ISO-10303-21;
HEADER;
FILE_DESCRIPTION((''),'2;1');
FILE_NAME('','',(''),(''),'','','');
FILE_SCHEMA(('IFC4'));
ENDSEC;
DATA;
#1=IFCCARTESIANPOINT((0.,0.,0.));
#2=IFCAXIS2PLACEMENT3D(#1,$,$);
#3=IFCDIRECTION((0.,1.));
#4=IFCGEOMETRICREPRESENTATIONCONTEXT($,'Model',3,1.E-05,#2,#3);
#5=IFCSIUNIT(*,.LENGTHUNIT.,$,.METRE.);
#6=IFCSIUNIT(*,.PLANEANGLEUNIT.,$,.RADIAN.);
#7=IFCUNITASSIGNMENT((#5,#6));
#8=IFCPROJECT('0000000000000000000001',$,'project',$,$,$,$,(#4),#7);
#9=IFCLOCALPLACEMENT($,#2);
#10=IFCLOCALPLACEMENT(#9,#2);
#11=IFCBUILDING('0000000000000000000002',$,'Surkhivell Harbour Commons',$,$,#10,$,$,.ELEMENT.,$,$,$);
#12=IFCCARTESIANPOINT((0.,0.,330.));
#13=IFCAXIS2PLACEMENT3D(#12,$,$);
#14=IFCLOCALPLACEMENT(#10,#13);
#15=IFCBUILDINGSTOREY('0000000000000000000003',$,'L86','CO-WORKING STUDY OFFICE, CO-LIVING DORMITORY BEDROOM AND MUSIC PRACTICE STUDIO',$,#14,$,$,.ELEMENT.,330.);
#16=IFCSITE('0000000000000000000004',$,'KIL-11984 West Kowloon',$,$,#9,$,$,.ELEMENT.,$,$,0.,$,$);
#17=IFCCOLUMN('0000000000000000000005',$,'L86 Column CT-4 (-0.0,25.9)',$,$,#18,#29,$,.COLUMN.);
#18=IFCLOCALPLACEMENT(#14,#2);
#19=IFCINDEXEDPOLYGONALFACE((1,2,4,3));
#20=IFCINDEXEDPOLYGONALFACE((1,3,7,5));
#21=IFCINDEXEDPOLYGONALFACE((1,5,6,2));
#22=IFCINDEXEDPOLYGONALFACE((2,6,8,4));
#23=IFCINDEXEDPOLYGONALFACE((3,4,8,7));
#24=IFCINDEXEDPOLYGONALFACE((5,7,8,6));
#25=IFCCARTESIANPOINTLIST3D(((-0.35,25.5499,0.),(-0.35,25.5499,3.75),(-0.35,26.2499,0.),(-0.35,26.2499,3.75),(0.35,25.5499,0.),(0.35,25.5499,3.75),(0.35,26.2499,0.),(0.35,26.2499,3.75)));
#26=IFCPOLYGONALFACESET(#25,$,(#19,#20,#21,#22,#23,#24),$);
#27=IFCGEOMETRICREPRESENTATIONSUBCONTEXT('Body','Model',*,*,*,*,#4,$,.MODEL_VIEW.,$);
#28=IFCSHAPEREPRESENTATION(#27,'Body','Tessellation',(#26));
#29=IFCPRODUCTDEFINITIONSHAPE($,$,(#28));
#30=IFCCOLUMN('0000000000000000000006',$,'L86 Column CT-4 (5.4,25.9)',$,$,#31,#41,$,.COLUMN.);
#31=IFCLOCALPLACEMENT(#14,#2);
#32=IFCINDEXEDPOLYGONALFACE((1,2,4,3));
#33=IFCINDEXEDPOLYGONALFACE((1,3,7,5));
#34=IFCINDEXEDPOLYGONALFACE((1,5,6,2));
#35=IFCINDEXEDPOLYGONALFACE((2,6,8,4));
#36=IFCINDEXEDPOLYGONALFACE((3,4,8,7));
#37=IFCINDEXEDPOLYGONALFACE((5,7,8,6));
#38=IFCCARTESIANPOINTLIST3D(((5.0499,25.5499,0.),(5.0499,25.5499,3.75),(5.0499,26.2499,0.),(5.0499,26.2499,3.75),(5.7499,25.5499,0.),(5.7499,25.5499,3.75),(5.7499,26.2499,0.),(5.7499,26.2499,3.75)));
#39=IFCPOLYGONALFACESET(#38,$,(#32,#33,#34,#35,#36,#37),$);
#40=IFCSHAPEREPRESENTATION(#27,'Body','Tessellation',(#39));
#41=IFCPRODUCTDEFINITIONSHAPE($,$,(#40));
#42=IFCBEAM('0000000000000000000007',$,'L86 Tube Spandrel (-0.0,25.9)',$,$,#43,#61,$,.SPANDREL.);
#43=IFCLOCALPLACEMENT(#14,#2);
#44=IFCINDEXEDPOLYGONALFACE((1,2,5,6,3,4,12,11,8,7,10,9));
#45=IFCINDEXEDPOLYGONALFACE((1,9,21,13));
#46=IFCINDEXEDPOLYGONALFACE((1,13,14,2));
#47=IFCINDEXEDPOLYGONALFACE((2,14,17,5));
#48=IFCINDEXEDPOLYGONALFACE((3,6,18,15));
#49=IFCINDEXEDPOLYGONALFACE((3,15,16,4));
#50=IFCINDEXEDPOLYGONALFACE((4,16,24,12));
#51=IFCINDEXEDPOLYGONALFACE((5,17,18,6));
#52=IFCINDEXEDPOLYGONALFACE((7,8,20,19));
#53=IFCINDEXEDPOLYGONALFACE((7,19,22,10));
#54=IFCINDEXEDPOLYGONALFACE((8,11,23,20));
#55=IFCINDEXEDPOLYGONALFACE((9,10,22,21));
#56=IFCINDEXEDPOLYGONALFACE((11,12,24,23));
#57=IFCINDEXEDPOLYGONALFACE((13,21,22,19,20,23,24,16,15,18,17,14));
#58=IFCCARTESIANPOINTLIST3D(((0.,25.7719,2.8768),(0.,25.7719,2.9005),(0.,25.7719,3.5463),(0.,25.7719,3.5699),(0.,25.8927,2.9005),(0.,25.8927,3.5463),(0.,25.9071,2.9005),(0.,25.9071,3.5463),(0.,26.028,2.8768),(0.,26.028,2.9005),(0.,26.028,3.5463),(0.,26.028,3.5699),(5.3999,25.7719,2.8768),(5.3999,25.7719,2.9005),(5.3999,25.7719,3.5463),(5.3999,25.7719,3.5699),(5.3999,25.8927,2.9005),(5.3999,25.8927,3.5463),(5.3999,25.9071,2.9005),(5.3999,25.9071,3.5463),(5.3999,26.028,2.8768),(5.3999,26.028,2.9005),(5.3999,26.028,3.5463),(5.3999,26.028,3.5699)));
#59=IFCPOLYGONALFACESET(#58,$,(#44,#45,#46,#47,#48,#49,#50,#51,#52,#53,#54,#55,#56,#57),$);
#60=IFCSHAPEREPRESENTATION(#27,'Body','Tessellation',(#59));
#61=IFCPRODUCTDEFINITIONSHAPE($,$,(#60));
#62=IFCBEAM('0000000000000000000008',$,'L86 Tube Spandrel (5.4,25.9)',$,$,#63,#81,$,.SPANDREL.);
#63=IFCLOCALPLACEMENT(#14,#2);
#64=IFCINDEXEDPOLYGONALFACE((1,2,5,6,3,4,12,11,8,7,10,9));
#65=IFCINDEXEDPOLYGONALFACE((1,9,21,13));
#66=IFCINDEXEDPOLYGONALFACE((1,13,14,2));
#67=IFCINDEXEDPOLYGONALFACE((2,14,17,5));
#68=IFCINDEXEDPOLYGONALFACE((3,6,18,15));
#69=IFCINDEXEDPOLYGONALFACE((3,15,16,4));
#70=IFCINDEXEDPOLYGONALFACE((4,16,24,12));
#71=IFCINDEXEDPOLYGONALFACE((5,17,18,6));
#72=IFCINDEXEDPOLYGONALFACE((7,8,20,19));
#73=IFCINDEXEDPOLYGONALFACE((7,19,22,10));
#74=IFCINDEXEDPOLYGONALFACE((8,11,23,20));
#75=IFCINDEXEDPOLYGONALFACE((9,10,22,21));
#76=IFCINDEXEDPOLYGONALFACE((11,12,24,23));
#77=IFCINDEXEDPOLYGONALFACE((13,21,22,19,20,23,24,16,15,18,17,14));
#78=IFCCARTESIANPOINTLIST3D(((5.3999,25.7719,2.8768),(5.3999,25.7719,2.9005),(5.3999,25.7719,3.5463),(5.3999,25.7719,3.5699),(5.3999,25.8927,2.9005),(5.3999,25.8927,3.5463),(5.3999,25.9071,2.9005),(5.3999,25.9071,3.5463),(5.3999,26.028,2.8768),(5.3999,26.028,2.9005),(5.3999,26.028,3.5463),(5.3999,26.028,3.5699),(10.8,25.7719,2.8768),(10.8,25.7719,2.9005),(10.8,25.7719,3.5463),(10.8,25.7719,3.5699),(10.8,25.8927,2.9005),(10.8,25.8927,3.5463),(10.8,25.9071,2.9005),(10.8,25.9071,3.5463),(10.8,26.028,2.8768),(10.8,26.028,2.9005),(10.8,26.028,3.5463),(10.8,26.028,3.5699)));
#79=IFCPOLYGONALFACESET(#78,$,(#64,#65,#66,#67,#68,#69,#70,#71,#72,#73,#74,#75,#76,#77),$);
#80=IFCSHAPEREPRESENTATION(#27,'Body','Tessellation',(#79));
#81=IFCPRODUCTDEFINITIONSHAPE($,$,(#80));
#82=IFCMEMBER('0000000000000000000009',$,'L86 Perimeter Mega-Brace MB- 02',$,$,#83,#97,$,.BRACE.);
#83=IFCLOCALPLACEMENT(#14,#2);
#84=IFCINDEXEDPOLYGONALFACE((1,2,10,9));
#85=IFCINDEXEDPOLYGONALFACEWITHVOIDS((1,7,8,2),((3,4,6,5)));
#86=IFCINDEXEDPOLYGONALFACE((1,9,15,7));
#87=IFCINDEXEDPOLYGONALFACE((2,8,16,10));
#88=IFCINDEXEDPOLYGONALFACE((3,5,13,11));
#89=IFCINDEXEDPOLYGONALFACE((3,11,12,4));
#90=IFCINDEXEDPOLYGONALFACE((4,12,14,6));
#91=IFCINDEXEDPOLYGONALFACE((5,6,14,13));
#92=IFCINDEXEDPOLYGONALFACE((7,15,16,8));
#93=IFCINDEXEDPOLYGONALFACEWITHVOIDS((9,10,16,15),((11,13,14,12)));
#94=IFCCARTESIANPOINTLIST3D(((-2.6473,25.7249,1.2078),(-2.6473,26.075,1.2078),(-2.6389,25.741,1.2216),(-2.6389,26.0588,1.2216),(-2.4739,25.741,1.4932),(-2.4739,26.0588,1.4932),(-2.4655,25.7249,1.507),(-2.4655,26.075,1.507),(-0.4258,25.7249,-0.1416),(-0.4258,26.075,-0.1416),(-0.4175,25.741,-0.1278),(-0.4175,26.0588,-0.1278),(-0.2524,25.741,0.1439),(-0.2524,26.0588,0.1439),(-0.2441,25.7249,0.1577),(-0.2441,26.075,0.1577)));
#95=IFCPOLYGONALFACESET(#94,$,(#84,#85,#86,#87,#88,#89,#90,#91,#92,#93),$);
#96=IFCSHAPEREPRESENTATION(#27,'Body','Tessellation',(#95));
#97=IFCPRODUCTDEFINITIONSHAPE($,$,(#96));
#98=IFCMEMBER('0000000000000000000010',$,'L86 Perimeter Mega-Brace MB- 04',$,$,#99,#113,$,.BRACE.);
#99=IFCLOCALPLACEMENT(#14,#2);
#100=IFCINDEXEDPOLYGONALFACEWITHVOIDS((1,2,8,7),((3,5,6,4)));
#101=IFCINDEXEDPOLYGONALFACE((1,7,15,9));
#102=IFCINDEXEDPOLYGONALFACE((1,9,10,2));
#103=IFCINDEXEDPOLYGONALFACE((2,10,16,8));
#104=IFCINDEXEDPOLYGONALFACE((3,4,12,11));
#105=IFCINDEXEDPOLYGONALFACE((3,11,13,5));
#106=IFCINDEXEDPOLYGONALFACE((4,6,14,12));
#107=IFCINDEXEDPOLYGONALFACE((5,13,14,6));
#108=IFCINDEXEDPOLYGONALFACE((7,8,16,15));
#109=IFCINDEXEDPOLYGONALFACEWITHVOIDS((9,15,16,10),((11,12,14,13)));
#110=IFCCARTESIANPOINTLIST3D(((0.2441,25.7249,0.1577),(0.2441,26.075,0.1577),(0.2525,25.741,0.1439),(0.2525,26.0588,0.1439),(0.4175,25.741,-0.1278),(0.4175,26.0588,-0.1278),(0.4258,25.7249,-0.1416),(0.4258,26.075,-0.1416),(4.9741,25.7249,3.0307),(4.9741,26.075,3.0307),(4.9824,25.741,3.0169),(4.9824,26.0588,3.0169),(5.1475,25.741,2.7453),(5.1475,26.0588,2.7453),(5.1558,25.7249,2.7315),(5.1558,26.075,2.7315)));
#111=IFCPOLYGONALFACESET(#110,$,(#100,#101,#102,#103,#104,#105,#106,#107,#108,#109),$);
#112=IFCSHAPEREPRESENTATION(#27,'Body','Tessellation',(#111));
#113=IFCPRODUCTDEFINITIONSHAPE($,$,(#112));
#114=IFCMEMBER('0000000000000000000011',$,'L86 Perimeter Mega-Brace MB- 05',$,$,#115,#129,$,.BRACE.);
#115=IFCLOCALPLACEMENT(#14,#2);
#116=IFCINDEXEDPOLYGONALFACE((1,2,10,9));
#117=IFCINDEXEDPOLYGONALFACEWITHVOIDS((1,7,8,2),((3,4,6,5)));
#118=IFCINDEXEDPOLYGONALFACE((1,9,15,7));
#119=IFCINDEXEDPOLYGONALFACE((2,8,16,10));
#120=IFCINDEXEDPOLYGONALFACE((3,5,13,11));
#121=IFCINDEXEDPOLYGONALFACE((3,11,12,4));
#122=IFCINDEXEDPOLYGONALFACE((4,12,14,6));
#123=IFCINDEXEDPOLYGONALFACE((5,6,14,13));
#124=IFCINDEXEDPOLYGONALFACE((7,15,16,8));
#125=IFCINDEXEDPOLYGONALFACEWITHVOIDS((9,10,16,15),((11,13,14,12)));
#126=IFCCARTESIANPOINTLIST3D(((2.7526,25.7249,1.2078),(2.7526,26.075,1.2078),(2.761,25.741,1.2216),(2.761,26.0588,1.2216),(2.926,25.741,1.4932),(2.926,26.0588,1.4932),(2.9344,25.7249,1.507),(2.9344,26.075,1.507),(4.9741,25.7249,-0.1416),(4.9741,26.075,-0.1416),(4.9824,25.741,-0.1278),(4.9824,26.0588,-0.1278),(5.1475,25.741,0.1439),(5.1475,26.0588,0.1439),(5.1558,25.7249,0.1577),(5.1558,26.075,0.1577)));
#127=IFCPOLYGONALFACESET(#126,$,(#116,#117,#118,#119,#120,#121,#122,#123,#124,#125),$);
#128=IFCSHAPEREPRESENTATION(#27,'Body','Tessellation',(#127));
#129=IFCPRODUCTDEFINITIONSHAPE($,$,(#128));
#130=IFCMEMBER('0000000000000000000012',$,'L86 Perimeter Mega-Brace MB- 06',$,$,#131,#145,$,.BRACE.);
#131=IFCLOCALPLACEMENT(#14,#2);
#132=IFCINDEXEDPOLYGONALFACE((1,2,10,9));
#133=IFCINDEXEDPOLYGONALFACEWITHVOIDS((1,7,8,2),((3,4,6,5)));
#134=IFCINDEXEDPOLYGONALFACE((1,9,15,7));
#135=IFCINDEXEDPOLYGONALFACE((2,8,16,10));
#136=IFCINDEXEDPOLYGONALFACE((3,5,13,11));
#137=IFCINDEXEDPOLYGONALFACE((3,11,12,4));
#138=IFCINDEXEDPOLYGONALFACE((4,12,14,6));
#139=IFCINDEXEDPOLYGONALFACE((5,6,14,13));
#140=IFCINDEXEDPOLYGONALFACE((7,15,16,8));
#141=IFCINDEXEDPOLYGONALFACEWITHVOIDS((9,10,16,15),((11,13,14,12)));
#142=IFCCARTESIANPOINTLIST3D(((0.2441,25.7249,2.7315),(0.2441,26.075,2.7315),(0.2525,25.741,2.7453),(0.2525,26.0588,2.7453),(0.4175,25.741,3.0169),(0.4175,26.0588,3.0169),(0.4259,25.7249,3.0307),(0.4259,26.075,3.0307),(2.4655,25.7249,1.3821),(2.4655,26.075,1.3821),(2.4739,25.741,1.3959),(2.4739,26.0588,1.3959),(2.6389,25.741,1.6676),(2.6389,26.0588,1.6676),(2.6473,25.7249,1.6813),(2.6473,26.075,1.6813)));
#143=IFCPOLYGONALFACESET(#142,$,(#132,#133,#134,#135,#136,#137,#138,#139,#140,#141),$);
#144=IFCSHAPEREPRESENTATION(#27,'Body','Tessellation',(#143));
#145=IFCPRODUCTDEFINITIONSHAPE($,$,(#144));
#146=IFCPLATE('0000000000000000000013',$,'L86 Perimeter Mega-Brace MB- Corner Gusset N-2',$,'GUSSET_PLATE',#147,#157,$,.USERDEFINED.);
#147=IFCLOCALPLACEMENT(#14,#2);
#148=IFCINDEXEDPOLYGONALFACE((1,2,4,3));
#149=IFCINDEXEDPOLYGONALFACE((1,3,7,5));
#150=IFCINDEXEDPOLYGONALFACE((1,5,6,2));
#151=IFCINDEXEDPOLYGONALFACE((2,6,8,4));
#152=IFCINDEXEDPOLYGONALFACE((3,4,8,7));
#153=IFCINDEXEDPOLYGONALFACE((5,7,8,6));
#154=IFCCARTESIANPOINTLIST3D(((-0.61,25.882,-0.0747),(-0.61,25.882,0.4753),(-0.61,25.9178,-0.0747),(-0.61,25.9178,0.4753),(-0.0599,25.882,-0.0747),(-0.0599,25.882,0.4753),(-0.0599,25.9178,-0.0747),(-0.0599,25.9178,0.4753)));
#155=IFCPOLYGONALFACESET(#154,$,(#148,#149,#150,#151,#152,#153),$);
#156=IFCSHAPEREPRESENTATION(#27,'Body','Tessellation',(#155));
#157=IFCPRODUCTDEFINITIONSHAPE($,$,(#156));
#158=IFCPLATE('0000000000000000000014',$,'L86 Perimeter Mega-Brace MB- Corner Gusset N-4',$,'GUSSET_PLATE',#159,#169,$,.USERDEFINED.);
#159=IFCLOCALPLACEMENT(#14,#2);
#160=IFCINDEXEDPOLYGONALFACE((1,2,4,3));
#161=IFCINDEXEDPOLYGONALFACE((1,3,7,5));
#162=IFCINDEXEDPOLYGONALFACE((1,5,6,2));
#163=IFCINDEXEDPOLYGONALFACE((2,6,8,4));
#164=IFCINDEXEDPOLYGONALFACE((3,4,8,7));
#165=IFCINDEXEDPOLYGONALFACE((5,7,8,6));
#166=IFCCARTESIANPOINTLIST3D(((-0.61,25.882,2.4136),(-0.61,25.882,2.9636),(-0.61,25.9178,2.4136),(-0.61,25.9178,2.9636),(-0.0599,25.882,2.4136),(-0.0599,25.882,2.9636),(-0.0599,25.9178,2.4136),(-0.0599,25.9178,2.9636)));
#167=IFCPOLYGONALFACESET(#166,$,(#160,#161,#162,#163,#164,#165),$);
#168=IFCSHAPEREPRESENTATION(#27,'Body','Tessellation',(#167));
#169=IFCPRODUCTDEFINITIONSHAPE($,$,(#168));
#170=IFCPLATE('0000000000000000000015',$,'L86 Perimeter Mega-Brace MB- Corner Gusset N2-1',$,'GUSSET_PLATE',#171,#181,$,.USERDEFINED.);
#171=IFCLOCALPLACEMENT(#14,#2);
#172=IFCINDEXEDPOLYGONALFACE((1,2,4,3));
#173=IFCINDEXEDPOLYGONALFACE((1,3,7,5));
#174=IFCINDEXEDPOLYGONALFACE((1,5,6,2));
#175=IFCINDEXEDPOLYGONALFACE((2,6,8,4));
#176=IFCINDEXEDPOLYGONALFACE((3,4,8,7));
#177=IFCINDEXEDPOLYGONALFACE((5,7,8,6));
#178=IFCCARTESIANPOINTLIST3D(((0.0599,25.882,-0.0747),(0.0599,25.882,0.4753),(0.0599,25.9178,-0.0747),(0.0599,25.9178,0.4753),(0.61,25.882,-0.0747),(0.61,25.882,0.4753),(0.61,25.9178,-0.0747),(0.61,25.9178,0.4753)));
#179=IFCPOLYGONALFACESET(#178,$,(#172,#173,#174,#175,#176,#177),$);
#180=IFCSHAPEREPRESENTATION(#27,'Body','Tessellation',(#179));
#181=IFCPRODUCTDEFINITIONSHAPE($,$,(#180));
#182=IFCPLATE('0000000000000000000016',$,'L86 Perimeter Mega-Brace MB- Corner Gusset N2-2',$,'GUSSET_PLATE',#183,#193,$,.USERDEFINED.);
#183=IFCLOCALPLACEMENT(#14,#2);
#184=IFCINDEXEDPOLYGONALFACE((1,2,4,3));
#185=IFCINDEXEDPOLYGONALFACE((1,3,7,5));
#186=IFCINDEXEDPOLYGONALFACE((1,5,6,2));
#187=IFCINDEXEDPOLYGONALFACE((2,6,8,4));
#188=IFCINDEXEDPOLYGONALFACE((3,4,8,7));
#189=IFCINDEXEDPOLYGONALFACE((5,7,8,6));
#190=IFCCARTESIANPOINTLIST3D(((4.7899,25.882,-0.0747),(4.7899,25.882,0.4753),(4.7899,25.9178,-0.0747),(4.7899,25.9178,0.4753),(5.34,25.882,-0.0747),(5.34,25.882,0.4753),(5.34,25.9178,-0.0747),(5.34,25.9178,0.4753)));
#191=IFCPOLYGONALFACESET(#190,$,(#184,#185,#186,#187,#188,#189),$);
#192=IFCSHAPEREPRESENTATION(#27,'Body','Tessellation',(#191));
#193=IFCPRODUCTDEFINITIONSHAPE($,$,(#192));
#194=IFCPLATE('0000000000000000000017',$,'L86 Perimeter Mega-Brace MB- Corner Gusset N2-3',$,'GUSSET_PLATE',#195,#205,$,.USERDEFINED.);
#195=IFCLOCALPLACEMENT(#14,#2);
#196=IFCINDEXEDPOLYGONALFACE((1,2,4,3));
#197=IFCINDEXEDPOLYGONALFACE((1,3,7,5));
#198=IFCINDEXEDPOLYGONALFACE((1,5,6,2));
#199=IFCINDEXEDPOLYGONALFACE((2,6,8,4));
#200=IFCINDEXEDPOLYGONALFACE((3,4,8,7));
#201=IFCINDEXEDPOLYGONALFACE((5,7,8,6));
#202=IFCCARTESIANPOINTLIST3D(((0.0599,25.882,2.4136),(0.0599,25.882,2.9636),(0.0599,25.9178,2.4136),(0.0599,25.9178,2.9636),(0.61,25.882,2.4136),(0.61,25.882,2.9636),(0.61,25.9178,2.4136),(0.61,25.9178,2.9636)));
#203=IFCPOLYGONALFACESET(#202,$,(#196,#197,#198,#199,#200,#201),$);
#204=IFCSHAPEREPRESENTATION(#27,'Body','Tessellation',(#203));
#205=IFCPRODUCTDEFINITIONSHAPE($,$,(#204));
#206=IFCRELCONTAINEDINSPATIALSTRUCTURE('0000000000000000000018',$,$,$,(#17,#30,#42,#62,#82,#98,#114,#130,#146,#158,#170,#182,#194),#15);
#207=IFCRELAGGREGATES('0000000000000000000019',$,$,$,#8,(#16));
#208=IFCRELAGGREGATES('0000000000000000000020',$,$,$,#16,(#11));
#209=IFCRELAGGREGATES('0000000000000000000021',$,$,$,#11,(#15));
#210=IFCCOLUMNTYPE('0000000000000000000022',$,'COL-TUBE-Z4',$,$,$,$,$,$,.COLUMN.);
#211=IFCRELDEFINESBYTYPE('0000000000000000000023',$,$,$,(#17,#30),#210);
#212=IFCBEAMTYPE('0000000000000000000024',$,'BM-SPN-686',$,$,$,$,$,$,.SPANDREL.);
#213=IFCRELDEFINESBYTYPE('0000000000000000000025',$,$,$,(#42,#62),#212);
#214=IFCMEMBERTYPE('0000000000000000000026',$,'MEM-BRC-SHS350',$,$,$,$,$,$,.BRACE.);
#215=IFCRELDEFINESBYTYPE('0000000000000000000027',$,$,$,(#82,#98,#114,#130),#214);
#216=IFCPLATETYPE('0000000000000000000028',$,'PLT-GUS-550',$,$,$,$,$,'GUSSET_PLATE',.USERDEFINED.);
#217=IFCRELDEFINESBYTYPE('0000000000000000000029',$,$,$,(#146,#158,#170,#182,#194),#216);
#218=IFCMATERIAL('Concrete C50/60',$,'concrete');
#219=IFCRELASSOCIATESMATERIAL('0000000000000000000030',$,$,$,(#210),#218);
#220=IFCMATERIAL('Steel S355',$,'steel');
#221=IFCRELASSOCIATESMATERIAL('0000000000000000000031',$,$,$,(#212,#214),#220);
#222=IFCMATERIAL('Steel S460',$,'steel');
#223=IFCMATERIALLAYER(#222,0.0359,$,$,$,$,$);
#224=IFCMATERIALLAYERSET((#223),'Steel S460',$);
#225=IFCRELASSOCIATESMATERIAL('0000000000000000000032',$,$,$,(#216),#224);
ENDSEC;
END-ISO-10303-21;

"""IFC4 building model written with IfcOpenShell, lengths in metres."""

from ifc_helpers import new_model, si_unit, direction, frame, origin, origin_2d, place, context, subcontext, project, spatial, rectangle, hollow_rectangle, i_section, extrude, material, layer, layer_set, material_profile, profile_set, type_object, element, save


model = new_model("IFC4")

# Units and contexts
model_context = context("Model", 3, precision=1e-05, world=origin(), true_north=direction((0.0, 1.0)))
body_context = subcontext(model_context, "Body", "Model", "MODEL_VIEW")
ifc_project = project(units=[si_unit("LENGTHUNIT", "METRE"), si_unit("PLANEANGLEUNIT", "RADIAN")], contexts=[model_context])

# Site, building, storey
site_placement = place(None, origin())
site = spatial("IfcSite", under=ifc_project, at=site_placement, Name="KIL-11984 West Kowloon", CompositionType="ELEMENT", RefElevation=0.0)
building_placement = place(site_placement, origin())
building = spatial("IfcBuilding", under=site, at=building_placement, Name="Surkhivell Harbour Commons", CompositionType="ELEMENT")
storey_placement = place(building_placement, frame((0.0, 0.0, 330.0)))
storey = spatial("IfcBuildingStorey", under=building, at=storey_placement, Name="L86", Description="CO-WORKING STUDY OFFICE, CO-LIVING DORMITORY BEDROOM AND MUSIC PRACTICE STUDIO", CompositionType="ELEMENT", Elevation=330.0)

# Columns
ifc_material_1 = material(Name="Concrete C50/60", Category="concrete")
ifc_material_profile_1 = material_profile(ifc_material_1, rectangle(XDim=0.7, YDim=0.7, at=origin_2d()), Name="RC-COL-700x700")
ifc_profile_set_1 = profile_set([ifc_material_profile_1], Name="Concrete C50/60")
column_type = type_object("IfcColumnType", Name="COL-TUBE-Z4", PredefinedType="COLUMN", material=ifc_profile_set_1)
for number, where, z_axis, x_axis, name in (
    (1, (0.0, 25.8999, 0.0), (0.0, 0.0, 1.0), (1.0, 0.0, 0.0), "L86 Column CT-4 (-0.0,25.9)"),
    (2, (5.3999, 25.8999, 0.0), (0.0, 0.0, 1.0), (1.0, 0.0, 0.0), "L86 Column CT-4 (5.4,25.9)"),
):
    element("IfcColumn", number, at=place(storey_placement, frame(where, z_axis=z_axis, x_axis=x_axis)), inside=storey, type_object=column_type, Name=name, PredefinedType="COLUMN", context=body_context, shape_type="SweptSolid", body=[
        extrude(rectangle(XDim=0.7, YDim=0.7, at=origin_2d()), origin(), (0.0, 0.0, 1.0), 3.75),
    ])

# Beams
ifc_material_2 = material(Name="Steel S355", Category="steel")
ifc_material_profile_2 = material_profile(ifc_material_2, i_section(OverallWidth=0.2561, OverallDepth=0.6931, WebThickness=0.0144, FlangeThickness=0.0237, at=origin_2d()), Name="UB686x254x170")
ifc_profile_set_2 = profile_set([ifc_material_profile_2], Name="Steel S355")
beam_type = type_object("IfcBeamType", Name="BM-SPN-686", PredefinedType="SPANDREL", material=ifc_profile_set_2)
beam_1_placement = place(storey_placement, frame((0.0, 25.8999, 3.2234), z_axis=(1.0, 0.0, 0.0), x_axis=(0.0, 1.0, 0.0)))
element("IfcBeam", 3, at=beam_1_placement, inside=storey, type_object=beam_type, Name="L86 Tube Spandrel (-0.0,25.9)", PredefinedType="SPANDREL", context=body_context, shape_type="SweptSolid", body=[
    extrude(i_section(OverallWidth=0.2561, OverallDepth=0.6931, WebThickness=0.0144, FlangeThickness=0.0237, at=origin_2d()), origin(), (0.0, 0.0, 1.0), 5.3999),
])
beam_2_placement = place(storey_placement, frame((5.3999, 25.8999, 3.2234), z_axis=(1.0, 0.0, 0.0), x_axis=(0.0, 1.0, 0.0)))
element("IfcBeam", 4, at=beam_2_placement, inside=storey, type_object=beam_type, Name="L86 Tube Spandrel (5.4,25.9)", PredefinedType="SPANDREL", context=body_context, shape_type="SweptSolid", body=[
    extrude(i_section(OverallWidth=0.2561, OverallDepth=0.6931, WebThickness=0.0144, FlangeThickness=0.0237, at=origin_2d()), origin(), (0.0, 0.0, 1.0), 5.4001),
])

# Members
ifc_material_profile_3 = material_profile(ifc_material_2, hollow_rectangle(XDim=0.3501, YDim=0.3501, WallThickness=0.0161, at=origin_2d()), Name="SHS350x350x16")
ifc_profile_set_3 = profile_set([ifc_material_profile_3], Name="Steel S355")
member_type = type_object("IfcMemberType", Name="MEM-BRC-SHS350", PredefinedType="BRACE", material=ifc_profile_set_3)
member_1_placement = place(storey_placement, frame((-0.335, 25.8999, 0.0081), z_axis=(-0.854679, 0.0, 0.519157), x_axis=(0.0, -1.0, 0.0)))
element("IfcMember", 5, at=member_1_placement, inside=storey, type_object=member_type, Name="L86 Perimeter Mega-Brace MB- 02", PredefinedType="BRACE", context=body_context, shape_type="SweptSolid", body=[
    extrude(hollow_rectangle(XDim=0.3501, YDim=0.3501, WallThickness=0.0161, at=origin_2d()), origin(), (0.0, 0.0, 1.0), 2.5991),
])
member_2_placement = place(storey_placement, frame((0.335, 25.8999, 0.0081), z_axis=(0.854685, 0.0, 0.519146), x_axis=(0.0, 1.0, 0.0)))
element("IfcMember", 6, at=member_2_placement, inside=storey, type_object=member_type, Name="L86 Perimeter Mega-Brace MB- 04", PredefinedType="BRACE", context=body_context, shape_type="SweptSolid", body=[
    extrude(hollow_rectangle(XDim=0.3501, YDim=0.3501, WallThickness=0.0161, at=origin_2d()), origin(), (0.0, 0.0, 1.0), 5.5342),
])
for number, where, z_axis, x_axis, name in (
    (7, (5.0649, 25.8999, 0.0081), (-0.854679, 0.0, 0.519157), (0.0, -1.0, 0.0), "L86 Perimeter Mega-Brace MB- 05"),
    (8, (2.5564, 25.8999, 1.5317), (-0.854679, 0.0, 0.519157), (0.0, -1.0, 0.0), "L86 Perimeter Mega-Brace MB- 06"),
):
    element("IfcMember", number, at=place(storey_placement, frame(where, z_axis=z_axis, x_axis=x_axis)), inside=storey, type_object=member_type, Name=name, PredefinedType="BRACE", context=body_context, shape_type="SweptSolid", body=[
        extrude(hollow_rectangle(XDim=0.3501, YDim=0.3501, WallThickness=0.0161, at=origin_2d()), origin(), (0.0, 0.0, 1.0), 2.5991),
    ])

# Plates
ifc_material_3 = material(Name="Steel S460", Category="steel")
ifc_layer_1 = layer(ifc_material_3, 0.0359)
ifc_layer_set_1 = layer_set([ifc_layer_1], Name="Steel S460")
plate_type_1 = type_object("IfcPlateType", Name="PLT-GUS-550", ElementType="GUSSET_PLATE", PredefinedType="USERDEFINED", material=ifc_layer_set_1)
for number, where, z_axis, x_axis, name in (
    (9, (-0.335, 25.8999, -0.0747), (0.0, 0.0, 1.0), (1.0, 0.0, 0.0), "L86 Perimeter Mega-Brace MB- Corner Gusset N-2"),
    (10, (-0.335, 25.8999, 2.4136), (0.0, 0.0, 1.0), (1.0, 0.0, 0.0), "L86 Perimeter Mega-Brace MB- Corner Gusset N-4"),
    (11, (0.335, 25.8999, -0.0747), (0.0, 0.0, 1.0), (1.0, 0.0, 0.0), "L86 Perimeter Mega-Brace MB- Corner Gusset N2-1"),
    (12, (5.0649, 25.8999, -0.0747), (0.0, 0.0, 1.0), (1.0, 0.0, 0.0), "L86 Perimeter Mega-Brace MB- Corner Gusset N2-2"),
    (13, (0.335, 25.8999, 2.4136), (0.0, 0.0, 1.0), (1.0, 0.0, 0.0), "L86 Perimeter Mega-Brace MB- Corner Gusset N2-3"),
):
    element("IfcPlate", number, at=place(storey_placement, frame(where, z_axis=z_axis, x_axis=x_axis)), inside=storey, type_object=plate_type_1, Name=name, ObjectType="GUSSET_PLATE", PredefinedType="USERDEFINED", context=body_context, shape_type="SweptSolid", body=[
        extrude(rectangle(XDim=0.55, YDim=0.0359, at=origin_2d()), origin(), (0.0, 0.0, 1.0), 0.55),
    ])

save(model, "model.ifc")
